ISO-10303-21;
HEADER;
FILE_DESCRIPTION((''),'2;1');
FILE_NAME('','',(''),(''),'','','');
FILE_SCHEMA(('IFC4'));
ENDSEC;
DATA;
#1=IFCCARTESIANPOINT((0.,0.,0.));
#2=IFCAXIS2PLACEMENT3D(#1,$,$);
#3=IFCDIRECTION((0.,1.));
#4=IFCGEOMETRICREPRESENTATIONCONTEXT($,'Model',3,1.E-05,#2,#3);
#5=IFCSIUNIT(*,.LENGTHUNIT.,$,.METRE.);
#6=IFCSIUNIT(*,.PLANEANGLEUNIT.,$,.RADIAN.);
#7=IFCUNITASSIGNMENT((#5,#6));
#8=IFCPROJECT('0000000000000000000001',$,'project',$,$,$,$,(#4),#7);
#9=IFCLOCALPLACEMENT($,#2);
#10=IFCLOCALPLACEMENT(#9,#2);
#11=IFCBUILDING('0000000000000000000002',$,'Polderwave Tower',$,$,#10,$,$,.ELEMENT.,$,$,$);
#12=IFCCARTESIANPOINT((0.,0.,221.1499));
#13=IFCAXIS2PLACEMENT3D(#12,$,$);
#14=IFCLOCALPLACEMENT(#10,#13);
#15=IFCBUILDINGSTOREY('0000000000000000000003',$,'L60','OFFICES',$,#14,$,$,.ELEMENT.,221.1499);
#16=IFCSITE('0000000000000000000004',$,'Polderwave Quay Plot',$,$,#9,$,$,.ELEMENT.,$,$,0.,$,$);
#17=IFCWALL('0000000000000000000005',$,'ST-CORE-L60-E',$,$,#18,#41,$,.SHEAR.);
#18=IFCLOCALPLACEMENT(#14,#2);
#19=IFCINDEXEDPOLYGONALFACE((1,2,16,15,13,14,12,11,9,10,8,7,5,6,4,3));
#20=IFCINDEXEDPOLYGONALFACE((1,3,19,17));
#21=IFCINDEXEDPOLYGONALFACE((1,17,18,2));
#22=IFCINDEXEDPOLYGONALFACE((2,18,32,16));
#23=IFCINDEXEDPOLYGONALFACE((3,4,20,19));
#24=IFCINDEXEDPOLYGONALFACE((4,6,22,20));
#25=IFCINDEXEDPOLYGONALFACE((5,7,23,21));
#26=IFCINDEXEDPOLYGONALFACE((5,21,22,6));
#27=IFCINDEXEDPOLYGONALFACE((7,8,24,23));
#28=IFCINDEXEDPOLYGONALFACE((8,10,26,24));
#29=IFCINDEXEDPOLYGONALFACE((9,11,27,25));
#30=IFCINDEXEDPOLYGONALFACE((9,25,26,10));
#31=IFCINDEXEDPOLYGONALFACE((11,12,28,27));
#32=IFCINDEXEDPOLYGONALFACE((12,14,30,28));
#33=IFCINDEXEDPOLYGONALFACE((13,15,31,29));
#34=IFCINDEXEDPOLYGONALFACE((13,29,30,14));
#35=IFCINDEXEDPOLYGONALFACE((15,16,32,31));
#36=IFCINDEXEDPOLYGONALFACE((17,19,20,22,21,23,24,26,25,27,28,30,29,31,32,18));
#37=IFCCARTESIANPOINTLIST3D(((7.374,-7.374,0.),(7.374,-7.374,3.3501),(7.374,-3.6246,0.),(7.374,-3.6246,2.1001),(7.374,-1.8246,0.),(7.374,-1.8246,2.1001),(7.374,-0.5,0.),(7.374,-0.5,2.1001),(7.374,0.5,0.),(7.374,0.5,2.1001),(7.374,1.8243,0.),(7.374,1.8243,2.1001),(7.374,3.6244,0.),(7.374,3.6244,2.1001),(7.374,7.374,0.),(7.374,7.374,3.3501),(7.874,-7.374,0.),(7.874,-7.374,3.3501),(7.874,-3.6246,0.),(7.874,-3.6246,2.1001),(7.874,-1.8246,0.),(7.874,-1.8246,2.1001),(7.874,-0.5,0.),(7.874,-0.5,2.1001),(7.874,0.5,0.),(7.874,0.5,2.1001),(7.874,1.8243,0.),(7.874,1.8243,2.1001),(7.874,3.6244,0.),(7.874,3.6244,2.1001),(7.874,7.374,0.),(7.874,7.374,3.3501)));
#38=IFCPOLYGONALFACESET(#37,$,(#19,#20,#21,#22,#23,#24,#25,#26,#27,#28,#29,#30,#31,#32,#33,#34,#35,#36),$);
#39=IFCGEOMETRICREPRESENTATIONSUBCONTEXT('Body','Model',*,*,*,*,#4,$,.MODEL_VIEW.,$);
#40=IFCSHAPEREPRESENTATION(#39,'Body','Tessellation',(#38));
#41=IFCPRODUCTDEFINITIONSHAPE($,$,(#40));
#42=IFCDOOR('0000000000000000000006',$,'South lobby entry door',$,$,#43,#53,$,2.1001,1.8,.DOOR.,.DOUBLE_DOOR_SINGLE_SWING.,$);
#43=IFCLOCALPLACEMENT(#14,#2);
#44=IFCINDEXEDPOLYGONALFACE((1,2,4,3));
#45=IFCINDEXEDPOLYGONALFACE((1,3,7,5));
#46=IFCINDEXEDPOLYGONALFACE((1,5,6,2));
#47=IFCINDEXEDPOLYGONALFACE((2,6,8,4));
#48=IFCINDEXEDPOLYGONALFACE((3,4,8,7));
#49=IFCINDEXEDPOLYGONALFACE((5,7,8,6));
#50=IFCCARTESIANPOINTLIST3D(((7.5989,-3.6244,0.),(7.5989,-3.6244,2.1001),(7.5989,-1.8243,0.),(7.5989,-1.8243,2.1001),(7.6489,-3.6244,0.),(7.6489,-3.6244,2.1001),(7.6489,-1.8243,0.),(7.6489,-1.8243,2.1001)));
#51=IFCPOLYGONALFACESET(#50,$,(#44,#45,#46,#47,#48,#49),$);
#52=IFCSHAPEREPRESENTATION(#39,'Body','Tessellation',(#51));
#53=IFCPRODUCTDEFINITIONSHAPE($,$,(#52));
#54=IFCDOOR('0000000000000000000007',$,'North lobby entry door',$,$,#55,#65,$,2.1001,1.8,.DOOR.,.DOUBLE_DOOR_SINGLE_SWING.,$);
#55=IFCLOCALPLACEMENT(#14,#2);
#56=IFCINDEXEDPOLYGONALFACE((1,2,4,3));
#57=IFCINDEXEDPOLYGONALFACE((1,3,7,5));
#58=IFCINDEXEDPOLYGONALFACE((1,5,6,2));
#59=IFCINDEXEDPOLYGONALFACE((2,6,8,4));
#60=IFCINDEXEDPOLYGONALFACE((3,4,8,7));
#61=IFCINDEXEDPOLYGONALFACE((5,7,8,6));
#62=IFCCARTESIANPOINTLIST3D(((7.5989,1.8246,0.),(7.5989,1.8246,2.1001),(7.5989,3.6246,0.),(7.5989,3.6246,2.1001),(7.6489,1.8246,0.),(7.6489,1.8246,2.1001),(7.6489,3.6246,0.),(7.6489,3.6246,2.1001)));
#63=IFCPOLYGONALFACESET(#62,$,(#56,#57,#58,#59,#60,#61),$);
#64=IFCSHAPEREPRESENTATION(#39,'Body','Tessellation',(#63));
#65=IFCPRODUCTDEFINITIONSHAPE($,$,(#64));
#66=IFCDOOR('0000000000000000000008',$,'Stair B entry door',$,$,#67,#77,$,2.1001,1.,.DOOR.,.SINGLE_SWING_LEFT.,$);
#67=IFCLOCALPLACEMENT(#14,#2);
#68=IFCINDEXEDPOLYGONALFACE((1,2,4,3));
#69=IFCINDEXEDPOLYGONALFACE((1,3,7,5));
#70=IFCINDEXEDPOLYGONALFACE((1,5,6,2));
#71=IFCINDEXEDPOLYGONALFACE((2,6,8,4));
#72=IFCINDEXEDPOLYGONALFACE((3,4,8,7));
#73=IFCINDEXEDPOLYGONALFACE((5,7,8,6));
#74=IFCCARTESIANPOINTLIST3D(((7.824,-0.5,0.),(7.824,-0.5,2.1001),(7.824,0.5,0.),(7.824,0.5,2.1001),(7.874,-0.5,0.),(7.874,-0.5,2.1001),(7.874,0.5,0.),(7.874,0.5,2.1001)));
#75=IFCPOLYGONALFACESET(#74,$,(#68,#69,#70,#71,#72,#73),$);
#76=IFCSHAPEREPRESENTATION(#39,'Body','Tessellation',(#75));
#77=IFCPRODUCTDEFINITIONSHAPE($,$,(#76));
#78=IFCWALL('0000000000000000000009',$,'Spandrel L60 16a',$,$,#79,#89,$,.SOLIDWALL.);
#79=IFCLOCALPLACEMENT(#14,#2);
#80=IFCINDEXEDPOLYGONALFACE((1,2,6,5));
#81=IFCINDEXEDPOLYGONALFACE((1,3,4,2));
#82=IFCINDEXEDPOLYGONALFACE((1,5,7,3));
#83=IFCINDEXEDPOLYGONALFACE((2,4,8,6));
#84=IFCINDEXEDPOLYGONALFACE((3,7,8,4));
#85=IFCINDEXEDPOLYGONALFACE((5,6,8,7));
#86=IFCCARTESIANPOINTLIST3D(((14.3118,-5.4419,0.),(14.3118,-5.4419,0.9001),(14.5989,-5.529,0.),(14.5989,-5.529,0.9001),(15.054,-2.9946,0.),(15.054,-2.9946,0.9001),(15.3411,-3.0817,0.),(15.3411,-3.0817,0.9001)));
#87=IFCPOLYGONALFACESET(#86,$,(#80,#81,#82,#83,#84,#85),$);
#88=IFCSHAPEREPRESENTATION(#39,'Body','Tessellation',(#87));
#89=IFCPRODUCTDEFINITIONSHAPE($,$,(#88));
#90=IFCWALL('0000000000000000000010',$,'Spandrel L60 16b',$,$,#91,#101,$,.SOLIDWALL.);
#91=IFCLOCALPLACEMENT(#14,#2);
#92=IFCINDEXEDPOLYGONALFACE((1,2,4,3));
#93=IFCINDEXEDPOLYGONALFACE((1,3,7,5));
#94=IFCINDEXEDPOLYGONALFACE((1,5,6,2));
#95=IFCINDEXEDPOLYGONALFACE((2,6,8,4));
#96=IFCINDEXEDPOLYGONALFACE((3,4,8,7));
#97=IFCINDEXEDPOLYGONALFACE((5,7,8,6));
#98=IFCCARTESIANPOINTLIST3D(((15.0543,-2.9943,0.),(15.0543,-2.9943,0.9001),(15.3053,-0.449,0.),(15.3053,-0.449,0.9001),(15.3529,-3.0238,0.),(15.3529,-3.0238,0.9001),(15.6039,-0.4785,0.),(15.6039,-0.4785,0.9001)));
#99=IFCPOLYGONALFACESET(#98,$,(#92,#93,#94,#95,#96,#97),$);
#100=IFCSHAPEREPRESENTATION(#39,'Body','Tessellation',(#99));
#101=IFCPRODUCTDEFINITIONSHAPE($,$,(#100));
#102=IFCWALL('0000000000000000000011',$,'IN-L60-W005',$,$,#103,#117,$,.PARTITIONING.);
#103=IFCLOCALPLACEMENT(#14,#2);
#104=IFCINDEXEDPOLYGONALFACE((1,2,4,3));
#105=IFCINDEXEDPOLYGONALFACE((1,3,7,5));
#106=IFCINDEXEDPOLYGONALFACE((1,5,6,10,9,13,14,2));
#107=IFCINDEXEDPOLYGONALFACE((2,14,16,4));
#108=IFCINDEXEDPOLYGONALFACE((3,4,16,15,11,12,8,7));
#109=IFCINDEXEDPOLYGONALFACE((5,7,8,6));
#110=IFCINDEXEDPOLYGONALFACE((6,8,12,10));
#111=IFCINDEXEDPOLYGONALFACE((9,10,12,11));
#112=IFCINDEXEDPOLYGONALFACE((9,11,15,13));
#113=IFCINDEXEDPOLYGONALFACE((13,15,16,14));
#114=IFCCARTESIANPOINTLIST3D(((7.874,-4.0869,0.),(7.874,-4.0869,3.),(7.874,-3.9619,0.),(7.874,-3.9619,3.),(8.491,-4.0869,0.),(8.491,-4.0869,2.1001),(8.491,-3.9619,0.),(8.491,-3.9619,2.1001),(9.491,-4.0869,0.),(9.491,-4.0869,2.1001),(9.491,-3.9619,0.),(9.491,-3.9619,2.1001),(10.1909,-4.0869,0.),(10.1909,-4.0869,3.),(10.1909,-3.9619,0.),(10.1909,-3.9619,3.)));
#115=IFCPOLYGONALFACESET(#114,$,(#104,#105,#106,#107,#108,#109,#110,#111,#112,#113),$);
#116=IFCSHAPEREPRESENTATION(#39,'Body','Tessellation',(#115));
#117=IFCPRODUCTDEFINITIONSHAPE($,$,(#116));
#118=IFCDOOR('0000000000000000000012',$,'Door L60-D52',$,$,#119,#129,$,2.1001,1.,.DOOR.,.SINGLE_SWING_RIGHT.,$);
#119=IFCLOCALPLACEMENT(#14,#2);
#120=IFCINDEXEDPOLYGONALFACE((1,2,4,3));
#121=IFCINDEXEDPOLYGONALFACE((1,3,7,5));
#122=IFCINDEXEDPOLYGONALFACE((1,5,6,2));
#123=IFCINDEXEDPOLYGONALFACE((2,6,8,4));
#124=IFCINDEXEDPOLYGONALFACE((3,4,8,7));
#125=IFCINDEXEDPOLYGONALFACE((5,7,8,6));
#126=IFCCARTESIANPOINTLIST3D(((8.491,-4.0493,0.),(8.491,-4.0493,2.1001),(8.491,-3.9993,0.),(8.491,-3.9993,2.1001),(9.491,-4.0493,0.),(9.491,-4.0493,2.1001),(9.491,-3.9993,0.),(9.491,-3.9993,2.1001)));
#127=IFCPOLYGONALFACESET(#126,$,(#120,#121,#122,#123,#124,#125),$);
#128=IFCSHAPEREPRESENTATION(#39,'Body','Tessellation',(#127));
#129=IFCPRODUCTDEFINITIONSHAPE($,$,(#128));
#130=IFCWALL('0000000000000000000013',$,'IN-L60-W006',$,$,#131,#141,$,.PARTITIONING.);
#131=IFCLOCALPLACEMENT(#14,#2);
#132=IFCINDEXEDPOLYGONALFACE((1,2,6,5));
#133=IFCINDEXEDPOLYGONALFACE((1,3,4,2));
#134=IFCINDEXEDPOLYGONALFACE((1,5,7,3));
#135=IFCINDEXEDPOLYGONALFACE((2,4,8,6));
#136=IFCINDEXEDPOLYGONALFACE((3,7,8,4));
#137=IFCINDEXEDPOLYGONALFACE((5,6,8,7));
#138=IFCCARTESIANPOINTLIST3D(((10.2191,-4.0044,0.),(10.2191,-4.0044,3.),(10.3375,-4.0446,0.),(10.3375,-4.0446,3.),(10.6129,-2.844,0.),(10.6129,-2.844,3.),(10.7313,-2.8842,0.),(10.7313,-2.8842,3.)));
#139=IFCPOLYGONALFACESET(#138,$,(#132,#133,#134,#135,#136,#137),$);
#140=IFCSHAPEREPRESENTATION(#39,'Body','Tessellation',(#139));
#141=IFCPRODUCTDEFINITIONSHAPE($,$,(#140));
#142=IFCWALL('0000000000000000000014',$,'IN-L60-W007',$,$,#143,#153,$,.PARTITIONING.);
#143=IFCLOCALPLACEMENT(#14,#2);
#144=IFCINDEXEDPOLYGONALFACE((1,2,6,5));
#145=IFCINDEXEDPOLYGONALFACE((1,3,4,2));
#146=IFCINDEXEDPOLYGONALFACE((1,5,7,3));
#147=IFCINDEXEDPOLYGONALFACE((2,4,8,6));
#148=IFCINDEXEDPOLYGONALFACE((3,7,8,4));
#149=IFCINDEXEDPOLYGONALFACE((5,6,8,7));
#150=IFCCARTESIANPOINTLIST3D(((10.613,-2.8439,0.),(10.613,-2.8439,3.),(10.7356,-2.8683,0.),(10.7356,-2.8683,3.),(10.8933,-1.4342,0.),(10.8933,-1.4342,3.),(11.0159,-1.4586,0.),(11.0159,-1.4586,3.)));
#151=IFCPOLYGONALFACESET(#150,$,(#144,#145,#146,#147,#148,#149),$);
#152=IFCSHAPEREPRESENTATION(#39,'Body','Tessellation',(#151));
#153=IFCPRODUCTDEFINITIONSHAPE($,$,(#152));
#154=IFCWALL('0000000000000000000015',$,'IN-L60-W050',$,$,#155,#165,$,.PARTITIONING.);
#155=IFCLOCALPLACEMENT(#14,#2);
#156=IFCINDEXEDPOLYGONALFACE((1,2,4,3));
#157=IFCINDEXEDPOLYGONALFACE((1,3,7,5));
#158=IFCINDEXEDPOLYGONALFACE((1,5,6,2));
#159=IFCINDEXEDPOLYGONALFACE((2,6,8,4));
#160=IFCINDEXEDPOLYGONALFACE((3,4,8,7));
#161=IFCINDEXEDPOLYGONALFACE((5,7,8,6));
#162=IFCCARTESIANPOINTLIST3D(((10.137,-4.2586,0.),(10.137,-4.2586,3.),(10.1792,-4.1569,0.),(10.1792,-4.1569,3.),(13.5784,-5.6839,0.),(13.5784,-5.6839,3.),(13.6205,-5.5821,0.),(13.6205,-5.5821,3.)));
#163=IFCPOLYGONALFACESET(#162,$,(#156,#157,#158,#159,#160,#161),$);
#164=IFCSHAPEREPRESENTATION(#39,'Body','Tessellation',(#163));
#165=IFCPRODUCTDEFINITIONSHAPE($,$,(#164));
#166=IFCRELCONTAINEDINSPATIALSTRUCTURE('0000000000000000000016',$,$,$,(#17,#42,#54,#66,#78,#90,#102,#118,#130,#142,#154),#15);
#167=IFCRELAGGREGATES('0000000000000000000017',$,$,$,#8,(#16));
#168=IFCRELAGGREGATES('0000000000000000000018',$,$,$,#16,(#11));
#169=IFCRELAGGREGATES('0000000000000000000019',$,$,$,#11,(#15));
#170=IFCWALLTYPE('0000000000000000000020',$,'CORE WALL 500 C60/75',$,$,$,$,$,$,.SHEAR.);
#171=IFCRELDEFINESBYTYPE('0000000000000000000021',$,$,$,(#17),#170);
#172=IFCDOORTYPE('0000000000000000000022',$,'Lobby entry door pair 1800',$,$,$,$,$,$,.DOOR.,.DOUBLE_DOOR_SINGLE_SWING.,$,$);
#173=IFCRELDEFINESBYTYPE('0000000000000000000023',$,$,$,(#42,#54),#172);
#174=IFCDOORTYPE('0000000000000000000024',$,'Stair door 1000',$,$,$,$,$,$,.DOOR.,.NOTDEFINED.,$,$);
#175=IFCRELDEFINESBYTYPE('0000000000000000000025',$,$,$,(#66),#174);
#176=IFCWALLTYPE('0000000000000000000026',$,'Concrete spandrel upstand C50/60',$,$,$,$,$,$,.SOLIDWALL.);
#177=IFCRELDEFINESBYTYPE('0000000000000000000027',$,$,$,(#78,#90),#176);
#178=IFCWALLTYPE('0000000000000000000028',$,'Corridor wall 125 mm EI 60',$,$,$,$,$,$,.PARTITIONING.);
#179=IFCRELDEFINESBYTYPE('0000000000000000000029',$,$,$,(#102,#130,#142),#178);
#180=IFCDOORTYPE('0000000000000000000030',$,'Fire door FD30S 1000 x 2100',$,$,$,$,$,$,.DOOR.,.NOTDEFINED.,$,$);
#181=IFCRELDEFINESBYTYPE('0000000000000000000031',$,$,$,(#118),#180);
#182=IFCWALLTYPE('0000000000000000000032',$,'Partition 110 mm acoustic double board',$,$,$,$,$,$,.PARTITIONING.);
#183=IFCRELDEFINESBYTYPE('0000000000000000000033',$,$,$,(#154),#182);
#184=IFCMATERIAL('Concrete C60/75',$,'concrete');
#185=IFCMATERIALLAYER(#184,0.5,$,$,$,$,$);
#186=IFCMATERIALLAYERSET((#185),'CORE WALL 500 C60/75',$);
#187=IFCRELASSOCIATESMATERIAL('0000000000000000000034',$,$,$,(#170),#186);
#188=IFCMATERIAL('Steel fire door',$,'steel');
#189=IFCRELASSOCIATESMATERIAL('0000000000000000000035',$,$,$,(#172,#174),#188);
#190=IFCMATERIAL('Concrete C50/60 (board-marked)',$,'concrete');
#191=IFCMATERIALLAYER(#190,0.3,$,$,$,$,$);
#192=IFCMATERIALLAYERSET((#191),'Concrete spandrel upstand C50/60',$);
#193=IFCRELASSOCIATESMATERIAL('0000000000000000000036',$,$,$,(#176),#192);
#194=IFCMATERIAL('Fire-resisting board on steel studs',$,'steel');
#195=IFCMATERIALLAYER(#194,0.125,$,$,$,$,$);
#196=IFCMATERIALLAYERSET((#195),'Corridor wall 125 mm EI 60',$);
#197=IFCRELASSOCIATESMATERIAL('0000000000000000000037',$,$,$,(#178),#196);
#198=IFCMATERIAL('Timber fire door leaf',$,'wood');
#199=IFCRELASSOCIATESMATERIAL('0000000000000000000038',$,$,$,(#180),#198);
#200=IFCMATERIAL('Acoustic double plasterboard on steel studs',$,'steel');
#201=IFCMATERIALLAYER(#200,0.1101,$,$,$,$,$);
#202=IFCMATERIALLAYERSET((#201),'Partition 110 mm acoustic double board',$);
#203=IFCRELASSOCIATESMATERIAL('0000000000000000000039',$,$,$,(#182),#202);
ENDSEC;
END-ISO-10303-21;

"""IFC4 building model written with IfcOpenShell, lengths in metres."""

from ifc_helpers import new_model, si_unit, direction, frame, frame_2d, origin, place, context, subcontext, project, spatial, rectangle, extrude, material, layer, layer_set, type_object, element, fill, save


model = new_model("IFC4")

# Units and contexts
model_context = context("Model", 3, precision=1e-05, world=origin(), true_north=direction((0.0, 1.0)))
body_context = subcontext(model_context, "Body", "Model", "MODEL_VIEW")
ifc_project = project(units=[si_unit("LENGTHUNIT", "METRE"), si_unit("PLANEANGLEUNIT", "RADIAN")], contexts=[model_context])

# Site, building, storey
site_placement = place(None, origin())
site = spatial("IfcSite", under=ifc_project, at=site_placement, Name="Polderwave Quay Plot", CompositionType="ELEMENT", RefElevation=0.0)
building_placement = place(site_placement, origin())
building = spatial("IfcBuilding", under=site, at=building_placement, Name="Polderwave Tower", CompositionType="ELEMENT")
storey_placement = place(building_placement, frame((0.0, 0.0, 221.1499)))
storey = spatial("IfcBuildingStorey", under=building, at=storey_placement, Name="L60", Description="OFFICES", CompositionType="ELEMENT", Elevation=221.1499)

# Shared definitions
ifc_material_1 = material(Name="Concrete C60/75", Category="concrete")

# Wall, openings, doors
ifc_layer_1 = layer(ifc_material_1, 0.5)
ifc_layer_set_1 = layer_set([ifc_layer_1], Name="CORE WALL 500 C60/75")
wall_type_1 = type_object("IfcWallType", Name="CORE WALL 500 C60/75", PredefinedType="SHEAR", material=ifc_layer_set_1)
wall_1_placement = place(storey_placement, frame((7.624, -7.374, 0.0), z_axis=(0.0, 0.0, 1.0), x_axis=(0.0, 1.0, 0.0)))
wall_1 = element("IfcWall", 1, at=wall_1_placement, inside=storey, type_object=wall_type_1, Name="ST-CORE-L60-E", PredefinedType="SHEAR", context=body_context, shape_type="SweptSolid", body=[
    extrude(rectangle(XDim=14.748, YDim=0.5, at=frame_2d((7.374, 0.0))), origin(), (0.0, 0.0, 1.0), 3.3501),
])
opening_1_placement = place(wall_1_placement, frame((6.874, 0.0, 0.0)))
opening_1 = element("IfcOpeningElement", 2, at=opening_1_placement, cuts=wall_1, PredefinedType="OPENING", context=body_context, shape_type="SweptSolid", body=[
    extrude(rectangle(XDim=1.0, YDim=2.1001, at=frame_2d((0.5, 1.05))), frame((0.0, 0.26, 0.0), z_axis=(0.0, -1.0, 0.0), x_axis=(1.0, 0.0, 0.0)), (0.0, 0.0, 1.0), 0.52),
])
opening_2_placement = place(wall_1_placement, frame((3.7495, 0.0, 0.0)))
opening_2 = element("IfcOpeningElement", 3, at=opening_2_placement, cuts=wall_1, PredefinedType="OPENING", context=body_context, shape_type="SweptSolid", body=[
    extrude(rectangle(XDim=1.8, YDim=2.1001, at=frame_2d((0.8999, 1.05))), frame((0.0, 0.26, 0.0), z_axis=(0.0, -1.0, 0.0), x_axis=(1.0, 0.0, 0.0)), (0.0, 0.0, 1.0), 0.52),
])
opening_3_placement = place(wall_1_placement, frame((9.1985, 0.0, 0.0)))
opening_3 = element("IfcOpeningElement", 4, at=opening_3_placement, cuts=wall_1, PredefinedType="OPENING", context=body_context, shape_type="SweptSolid", body=[
    extrude(rectangle(XDim=1.8, YDim=2.1001, at=frame_2d((0.8999, 1.05))), frame((0.0, 0.26, 0.0), z_axis=(0.0, -1.0, 0.0), x_axis=(1.0, 0.0, 0.0)), (0.0, 0.0, 1.0), 0.52),
])
ifc_material_2 = material(Name="Steel fire door", Category="steel")
door_type_1 = type_object("IfcDoorType", Name="Lobby entry door pair 1800", OperationType="DOUBLE_DOOR_SINGLE_SWING", PredefinedType="DOOR", material=ifc_material_2)
door_1_placement = place(opening_2_placement, frame((1.8, 0.0, 0.0), z_axis=(0.0, 0.0, 1.0), x_axis=(-1.0, 0.0, 0.0)))
door_1 = element("IfcDoor", 5, at=door_1_placement, inside=storey, type_object=door_type_1, Name="South lobby entry door", OperationType="DOUBLE_DOOR_SINGLE_SWING", OverallHeight=2.1001, OverallWidth=1.8, PredefinedType="DOOR", context=body_context, shape_type="SweptSolid", body=[
    extrude(rectangle(XDim=1.8, YDim=2.1001, at=frame_2d((0.8999, 1.05))), frame((0.0, 0.0249, 0.0), z_axis=(0.0, -1.0, 0.0), x_axis=(1.0, 0.0, 0.0)), (0.0, 0.0, 1.0), 0.05),
])
fill(opening_2, door_1)
door_2_placement = place(opening_3_placement, frame((1.8, 0.0, 0.0), z_axis=(0.0, 0.0, 1.0), x_axis=(-1.0, 0.0, 0.0)))
door_2 = element("IfcDoor", 6, at=door_2_placement, inside=storey, type_object=door_type_1, Name="North lobby entry door", OperationType="DOUBLE_DOOR_SINGLE_SWING", OverallHeight=2.1001, OverallWidth=1.8, PredefinedType="DOOR", context=body_context, shape_type="SweptSolid", body=[
    extrude(rectangle(XDim=1.8, YDim=2.1001, at=frame_2d((0.8999, 1.05))), frame((0.0, 0.0249, 0.0), z_axis=(0.0, -1.0, 0.0), x_axis=(1.0, 0.0, 0.0)), (0.0, 0.0, 1.0), 0.05),
])
fill(opening_3, door_2)
door_type_2 = type_object("IfcDoorType", Name="Stair door 1000", OperationType="NOTDEFINED", PredefinedType="DOOR", material=ifc_material_2)
door_3_placement = place(opening_1_placement, frame((1.0, 0.0, 0.0), z_axis=(0.0, 0.0, 1.0), x_axis=(-1.0, 0.0, 0.0)))
door_3 = element("IfcDoor", 7, at=door_3_placement, inside=storey, type_object=door_type_2, Name="Stair B entry door", OperationType="SINGLE_SWING_LEFT", OverallHeight=2.1001, OverallWidth=1.0, PredefinedType="DOOR", context=body_context, shape_type="SweptSolid", body=[
    extrude(rectangle(XDim=1.0, YDim=2.1001, at=frame_2d((0.5, 1.05))), frame((0.0, 0.25, 0.0), z_axis=(0.0, -1.0, 0.0), x_axis=(1.0, 0.0, 0.0)), (0.0, 0.0, 1.0), 0.05),
])
fill(opening_1, door_3)

# Walls
ifc_material_3 = material(Name="Concrete C50/60 (board-marked)", Category="concrete")
ifc_layer_2 = layer(ifc_material_3, 0.3)
ifc_layer_set_2 = layer_set([ifc_layer_2], Name="Concrete spandrel upstand C50/60")
wall_type_2 = type_object("IfcWallType", Name="Concrete spandrel upstand C50/60", PredefinedType="SOLIDWALL", material=ifc_layer_set_2)
wall_2_placement = place(storey_placement, frame((14.4553, -5.4856, 0.0), z_axis=(0.0, 0.0, 1.0), x_axis=(0.290219, 0.95696, 0.0)))
element("IfcWall", 8, at=wall_2_placement, inside=storey, type_object=wall_type_2, Name="Spandrel L60 16a", PredefinedType="SOLIDWALL", context=body_context, shape_type="SweptSolid", body=[
    extrude(rectangle(XDim=2.5574, YDim=0.3, at=frame_2d((1.2788, 0.0))), origin(), (0.0, 0.0, 1.0), 0.9001),
])
wall_3_placement = place(storey_placement, frame((15.2036, -3.009, 0.0), z_axis=(0.0, 0.0, 1.0), x_axis=(0.098133, 0.995173, 0.0)))
element("IfcWall", 9, at=wall_3_placement, inside=storey, type_object=wall_type_2, Name="Spandrel L60 16b", PredefinedType="SOLIDWALL", context=body_context, shape_type="SweptSolid", body=[
    extrude(rectangle(XDim=2.5576, YDim=0.3, at=frame_2d((1.2788, 0.0))), origin(), (0.0, 0.0, 1.0), 0.9001),
])

# Wall, opening, door
ifc_material_4 = material(Name="Fire-resisting board on steel studs", Category="steel")
ifc_layer_3 = layer(ifc_material_4, 0.125)
ifc_layer_set_3 = layer_set([ifc_layer_3], Name="Corridor wall 125 mm EI 60")
wall_type_3 = type_object("IfcWallType", Name="Corridor wall 125 mm EI 60", PredefinedType="PARTITIONING", material=ifc_layer_set_3)
wall_4_placement = place(storey_placement, frame((10.1909, -4.0244, 0.0), z_axis=(0.0, 0.0, 1.0), x_axis=(-1.0, 0.0, 0.0)))
wall_4 = element("IfcWall", 10, at=wall_4_placement, inside=storey, type_object=wall_type_3, Name="IN-L60-W005", PredefinedType="PARTITIONING", context=body_context, shape_type="SweptSolid", body=[
    extrude(rectangle(XDim=2.3169, YDim=0.125, at=frame_2d((1.1584, 0.0))), origin(), (0.0, 0.0, 1.0), 3.0),
])
opening_4_placement = place(wall_4_placement, frame((0.7, 0.0, 0.0)))
opening_4 = element("IfcOpeningElement", 11, at=opening_4_placement, cuts=wall_4, PredefinedType="OPENING", context=body_context, shape_type="SweptSolid", body=[
    extrude(rectangle(XDim=1.0, YDim=2.1001, at=frame_2d((0.5, 1.05))), frame((0.0, 0.0725, 0.0), z_axis=(0.0, -1.0, 0.0), x_axis=(1.0, 0.0, 0.0)), (0.0, 0.0, 1.0), 0.145),
])
ifc_material_5 = material(Name="Timber fire door leaf", Category="wood")
door_type_3 = type_object("IfcDoorType", Name="Fire door FD30S 1000 x 2100", OperationType="NOTDEFINED", PredefinedType="DOOR", material=ifc_material_5)
door_4_placement = place(opening_4_placement, origin())
door_4 = element("IfcDoor", 12, at=door_4_placement, inside=storey, type_object=door_type_3, Name="Door L60-D52", OperationType="SINGLE_SWING_RIGHT", OverallHeight=2.1001, OverallWidth=1.0, PredefinedType="DOOR", context=body_context, shape_type="SweptSolid", body=[
    extrude(rectangle(XDim=1.0, YDim=2.1001, at=frame_2d((0.5, 1.05))), frame((0.0, 0.0249, 0.0), z_axis=(0.0, -1.0, 0.0), x_axis=(1.0, 0.0, 0.0)), (0.0, 0.0, 1.0), 0.05),
])
fill(opening_4, door_4)

# Walls
wall_5_placement = place(storey_placement, frame((10.6721, -2.864, 0.0), z_axis=(0.0, 0.0, 1.0), x_axis=(-0.321363, -0.946956, 0.0)))
element("IfcWall", 13, at=wall_5_placement, inside=storey, type_object=wall_type_3, Name="IN-L60-W006", PredefinedType="PARTITIONING", context=body_context, shape_type="SweptSolid", body=[
    extrude(rectangle(XDim=1.2253, YDim=0.125, at=frame_2d((0.6128, 0.0))), origin(), (0.0, 0.0, 1.0), 3.0),
])
wall_6_placement = place(storey_placement, frame((10.9546, -1.4463, 0.0), z_axis=(0.0, 0.0, 1.0), x_axis=(-0.195005, -0.980802, 0.0)))
element("IfcWall", 14, at=wall_6_placement, inside=storey, type_object=wall_type_3, Name="IN-L60-W007", PredefinedType="PARTITIONING", context=body_context, shape_type="SweptSolid", body=[
    extrude(rectangle(XDim=1.4373, YDim=0.125, at=frame_2d((0.7188, 0.0))), origin(), (0.0, 0.0, 1.0), 3.0),
])
ifc_material_6 = material(Name="Acoustic double plasterboard on steel studs", Category="steel")
ifc_layer_4 = layer(ifc_material_6, 0.1101)
ifc_layer_set_4 = layer_set([ifc_layer_4], Name="Partition 110 mm acoustic double board")
wall_type_4 = type_object("IfcWallType", Name="Partition 110 mm acoustic double board", PredefinedType="PARTITIONING", material=ifc_layer_set_4)
wall_7_placement = place(storey_placement, frame((10.1582, -4.2078, 0.0), z_axis=(0.0, 0.0, 1.0), x_axis=(0.923897, -0.382641, 0.0)))
element("IfcWall", 15, at=wall_7_placement, inside=storey, type_object=wall_type_4, Name="IN-L60-W050", PredefinedType="PARTITIONING", context=body_context, shape_type="SweptSolid", body=[
    extrude(rectangle(XDim=3.7249, YDim=0.1101, at=frame_2d((1.8623, 0.0))), origin(), (0.0, 0.0, 1.0), 3.0),
])

save(model, "model.ifc")
